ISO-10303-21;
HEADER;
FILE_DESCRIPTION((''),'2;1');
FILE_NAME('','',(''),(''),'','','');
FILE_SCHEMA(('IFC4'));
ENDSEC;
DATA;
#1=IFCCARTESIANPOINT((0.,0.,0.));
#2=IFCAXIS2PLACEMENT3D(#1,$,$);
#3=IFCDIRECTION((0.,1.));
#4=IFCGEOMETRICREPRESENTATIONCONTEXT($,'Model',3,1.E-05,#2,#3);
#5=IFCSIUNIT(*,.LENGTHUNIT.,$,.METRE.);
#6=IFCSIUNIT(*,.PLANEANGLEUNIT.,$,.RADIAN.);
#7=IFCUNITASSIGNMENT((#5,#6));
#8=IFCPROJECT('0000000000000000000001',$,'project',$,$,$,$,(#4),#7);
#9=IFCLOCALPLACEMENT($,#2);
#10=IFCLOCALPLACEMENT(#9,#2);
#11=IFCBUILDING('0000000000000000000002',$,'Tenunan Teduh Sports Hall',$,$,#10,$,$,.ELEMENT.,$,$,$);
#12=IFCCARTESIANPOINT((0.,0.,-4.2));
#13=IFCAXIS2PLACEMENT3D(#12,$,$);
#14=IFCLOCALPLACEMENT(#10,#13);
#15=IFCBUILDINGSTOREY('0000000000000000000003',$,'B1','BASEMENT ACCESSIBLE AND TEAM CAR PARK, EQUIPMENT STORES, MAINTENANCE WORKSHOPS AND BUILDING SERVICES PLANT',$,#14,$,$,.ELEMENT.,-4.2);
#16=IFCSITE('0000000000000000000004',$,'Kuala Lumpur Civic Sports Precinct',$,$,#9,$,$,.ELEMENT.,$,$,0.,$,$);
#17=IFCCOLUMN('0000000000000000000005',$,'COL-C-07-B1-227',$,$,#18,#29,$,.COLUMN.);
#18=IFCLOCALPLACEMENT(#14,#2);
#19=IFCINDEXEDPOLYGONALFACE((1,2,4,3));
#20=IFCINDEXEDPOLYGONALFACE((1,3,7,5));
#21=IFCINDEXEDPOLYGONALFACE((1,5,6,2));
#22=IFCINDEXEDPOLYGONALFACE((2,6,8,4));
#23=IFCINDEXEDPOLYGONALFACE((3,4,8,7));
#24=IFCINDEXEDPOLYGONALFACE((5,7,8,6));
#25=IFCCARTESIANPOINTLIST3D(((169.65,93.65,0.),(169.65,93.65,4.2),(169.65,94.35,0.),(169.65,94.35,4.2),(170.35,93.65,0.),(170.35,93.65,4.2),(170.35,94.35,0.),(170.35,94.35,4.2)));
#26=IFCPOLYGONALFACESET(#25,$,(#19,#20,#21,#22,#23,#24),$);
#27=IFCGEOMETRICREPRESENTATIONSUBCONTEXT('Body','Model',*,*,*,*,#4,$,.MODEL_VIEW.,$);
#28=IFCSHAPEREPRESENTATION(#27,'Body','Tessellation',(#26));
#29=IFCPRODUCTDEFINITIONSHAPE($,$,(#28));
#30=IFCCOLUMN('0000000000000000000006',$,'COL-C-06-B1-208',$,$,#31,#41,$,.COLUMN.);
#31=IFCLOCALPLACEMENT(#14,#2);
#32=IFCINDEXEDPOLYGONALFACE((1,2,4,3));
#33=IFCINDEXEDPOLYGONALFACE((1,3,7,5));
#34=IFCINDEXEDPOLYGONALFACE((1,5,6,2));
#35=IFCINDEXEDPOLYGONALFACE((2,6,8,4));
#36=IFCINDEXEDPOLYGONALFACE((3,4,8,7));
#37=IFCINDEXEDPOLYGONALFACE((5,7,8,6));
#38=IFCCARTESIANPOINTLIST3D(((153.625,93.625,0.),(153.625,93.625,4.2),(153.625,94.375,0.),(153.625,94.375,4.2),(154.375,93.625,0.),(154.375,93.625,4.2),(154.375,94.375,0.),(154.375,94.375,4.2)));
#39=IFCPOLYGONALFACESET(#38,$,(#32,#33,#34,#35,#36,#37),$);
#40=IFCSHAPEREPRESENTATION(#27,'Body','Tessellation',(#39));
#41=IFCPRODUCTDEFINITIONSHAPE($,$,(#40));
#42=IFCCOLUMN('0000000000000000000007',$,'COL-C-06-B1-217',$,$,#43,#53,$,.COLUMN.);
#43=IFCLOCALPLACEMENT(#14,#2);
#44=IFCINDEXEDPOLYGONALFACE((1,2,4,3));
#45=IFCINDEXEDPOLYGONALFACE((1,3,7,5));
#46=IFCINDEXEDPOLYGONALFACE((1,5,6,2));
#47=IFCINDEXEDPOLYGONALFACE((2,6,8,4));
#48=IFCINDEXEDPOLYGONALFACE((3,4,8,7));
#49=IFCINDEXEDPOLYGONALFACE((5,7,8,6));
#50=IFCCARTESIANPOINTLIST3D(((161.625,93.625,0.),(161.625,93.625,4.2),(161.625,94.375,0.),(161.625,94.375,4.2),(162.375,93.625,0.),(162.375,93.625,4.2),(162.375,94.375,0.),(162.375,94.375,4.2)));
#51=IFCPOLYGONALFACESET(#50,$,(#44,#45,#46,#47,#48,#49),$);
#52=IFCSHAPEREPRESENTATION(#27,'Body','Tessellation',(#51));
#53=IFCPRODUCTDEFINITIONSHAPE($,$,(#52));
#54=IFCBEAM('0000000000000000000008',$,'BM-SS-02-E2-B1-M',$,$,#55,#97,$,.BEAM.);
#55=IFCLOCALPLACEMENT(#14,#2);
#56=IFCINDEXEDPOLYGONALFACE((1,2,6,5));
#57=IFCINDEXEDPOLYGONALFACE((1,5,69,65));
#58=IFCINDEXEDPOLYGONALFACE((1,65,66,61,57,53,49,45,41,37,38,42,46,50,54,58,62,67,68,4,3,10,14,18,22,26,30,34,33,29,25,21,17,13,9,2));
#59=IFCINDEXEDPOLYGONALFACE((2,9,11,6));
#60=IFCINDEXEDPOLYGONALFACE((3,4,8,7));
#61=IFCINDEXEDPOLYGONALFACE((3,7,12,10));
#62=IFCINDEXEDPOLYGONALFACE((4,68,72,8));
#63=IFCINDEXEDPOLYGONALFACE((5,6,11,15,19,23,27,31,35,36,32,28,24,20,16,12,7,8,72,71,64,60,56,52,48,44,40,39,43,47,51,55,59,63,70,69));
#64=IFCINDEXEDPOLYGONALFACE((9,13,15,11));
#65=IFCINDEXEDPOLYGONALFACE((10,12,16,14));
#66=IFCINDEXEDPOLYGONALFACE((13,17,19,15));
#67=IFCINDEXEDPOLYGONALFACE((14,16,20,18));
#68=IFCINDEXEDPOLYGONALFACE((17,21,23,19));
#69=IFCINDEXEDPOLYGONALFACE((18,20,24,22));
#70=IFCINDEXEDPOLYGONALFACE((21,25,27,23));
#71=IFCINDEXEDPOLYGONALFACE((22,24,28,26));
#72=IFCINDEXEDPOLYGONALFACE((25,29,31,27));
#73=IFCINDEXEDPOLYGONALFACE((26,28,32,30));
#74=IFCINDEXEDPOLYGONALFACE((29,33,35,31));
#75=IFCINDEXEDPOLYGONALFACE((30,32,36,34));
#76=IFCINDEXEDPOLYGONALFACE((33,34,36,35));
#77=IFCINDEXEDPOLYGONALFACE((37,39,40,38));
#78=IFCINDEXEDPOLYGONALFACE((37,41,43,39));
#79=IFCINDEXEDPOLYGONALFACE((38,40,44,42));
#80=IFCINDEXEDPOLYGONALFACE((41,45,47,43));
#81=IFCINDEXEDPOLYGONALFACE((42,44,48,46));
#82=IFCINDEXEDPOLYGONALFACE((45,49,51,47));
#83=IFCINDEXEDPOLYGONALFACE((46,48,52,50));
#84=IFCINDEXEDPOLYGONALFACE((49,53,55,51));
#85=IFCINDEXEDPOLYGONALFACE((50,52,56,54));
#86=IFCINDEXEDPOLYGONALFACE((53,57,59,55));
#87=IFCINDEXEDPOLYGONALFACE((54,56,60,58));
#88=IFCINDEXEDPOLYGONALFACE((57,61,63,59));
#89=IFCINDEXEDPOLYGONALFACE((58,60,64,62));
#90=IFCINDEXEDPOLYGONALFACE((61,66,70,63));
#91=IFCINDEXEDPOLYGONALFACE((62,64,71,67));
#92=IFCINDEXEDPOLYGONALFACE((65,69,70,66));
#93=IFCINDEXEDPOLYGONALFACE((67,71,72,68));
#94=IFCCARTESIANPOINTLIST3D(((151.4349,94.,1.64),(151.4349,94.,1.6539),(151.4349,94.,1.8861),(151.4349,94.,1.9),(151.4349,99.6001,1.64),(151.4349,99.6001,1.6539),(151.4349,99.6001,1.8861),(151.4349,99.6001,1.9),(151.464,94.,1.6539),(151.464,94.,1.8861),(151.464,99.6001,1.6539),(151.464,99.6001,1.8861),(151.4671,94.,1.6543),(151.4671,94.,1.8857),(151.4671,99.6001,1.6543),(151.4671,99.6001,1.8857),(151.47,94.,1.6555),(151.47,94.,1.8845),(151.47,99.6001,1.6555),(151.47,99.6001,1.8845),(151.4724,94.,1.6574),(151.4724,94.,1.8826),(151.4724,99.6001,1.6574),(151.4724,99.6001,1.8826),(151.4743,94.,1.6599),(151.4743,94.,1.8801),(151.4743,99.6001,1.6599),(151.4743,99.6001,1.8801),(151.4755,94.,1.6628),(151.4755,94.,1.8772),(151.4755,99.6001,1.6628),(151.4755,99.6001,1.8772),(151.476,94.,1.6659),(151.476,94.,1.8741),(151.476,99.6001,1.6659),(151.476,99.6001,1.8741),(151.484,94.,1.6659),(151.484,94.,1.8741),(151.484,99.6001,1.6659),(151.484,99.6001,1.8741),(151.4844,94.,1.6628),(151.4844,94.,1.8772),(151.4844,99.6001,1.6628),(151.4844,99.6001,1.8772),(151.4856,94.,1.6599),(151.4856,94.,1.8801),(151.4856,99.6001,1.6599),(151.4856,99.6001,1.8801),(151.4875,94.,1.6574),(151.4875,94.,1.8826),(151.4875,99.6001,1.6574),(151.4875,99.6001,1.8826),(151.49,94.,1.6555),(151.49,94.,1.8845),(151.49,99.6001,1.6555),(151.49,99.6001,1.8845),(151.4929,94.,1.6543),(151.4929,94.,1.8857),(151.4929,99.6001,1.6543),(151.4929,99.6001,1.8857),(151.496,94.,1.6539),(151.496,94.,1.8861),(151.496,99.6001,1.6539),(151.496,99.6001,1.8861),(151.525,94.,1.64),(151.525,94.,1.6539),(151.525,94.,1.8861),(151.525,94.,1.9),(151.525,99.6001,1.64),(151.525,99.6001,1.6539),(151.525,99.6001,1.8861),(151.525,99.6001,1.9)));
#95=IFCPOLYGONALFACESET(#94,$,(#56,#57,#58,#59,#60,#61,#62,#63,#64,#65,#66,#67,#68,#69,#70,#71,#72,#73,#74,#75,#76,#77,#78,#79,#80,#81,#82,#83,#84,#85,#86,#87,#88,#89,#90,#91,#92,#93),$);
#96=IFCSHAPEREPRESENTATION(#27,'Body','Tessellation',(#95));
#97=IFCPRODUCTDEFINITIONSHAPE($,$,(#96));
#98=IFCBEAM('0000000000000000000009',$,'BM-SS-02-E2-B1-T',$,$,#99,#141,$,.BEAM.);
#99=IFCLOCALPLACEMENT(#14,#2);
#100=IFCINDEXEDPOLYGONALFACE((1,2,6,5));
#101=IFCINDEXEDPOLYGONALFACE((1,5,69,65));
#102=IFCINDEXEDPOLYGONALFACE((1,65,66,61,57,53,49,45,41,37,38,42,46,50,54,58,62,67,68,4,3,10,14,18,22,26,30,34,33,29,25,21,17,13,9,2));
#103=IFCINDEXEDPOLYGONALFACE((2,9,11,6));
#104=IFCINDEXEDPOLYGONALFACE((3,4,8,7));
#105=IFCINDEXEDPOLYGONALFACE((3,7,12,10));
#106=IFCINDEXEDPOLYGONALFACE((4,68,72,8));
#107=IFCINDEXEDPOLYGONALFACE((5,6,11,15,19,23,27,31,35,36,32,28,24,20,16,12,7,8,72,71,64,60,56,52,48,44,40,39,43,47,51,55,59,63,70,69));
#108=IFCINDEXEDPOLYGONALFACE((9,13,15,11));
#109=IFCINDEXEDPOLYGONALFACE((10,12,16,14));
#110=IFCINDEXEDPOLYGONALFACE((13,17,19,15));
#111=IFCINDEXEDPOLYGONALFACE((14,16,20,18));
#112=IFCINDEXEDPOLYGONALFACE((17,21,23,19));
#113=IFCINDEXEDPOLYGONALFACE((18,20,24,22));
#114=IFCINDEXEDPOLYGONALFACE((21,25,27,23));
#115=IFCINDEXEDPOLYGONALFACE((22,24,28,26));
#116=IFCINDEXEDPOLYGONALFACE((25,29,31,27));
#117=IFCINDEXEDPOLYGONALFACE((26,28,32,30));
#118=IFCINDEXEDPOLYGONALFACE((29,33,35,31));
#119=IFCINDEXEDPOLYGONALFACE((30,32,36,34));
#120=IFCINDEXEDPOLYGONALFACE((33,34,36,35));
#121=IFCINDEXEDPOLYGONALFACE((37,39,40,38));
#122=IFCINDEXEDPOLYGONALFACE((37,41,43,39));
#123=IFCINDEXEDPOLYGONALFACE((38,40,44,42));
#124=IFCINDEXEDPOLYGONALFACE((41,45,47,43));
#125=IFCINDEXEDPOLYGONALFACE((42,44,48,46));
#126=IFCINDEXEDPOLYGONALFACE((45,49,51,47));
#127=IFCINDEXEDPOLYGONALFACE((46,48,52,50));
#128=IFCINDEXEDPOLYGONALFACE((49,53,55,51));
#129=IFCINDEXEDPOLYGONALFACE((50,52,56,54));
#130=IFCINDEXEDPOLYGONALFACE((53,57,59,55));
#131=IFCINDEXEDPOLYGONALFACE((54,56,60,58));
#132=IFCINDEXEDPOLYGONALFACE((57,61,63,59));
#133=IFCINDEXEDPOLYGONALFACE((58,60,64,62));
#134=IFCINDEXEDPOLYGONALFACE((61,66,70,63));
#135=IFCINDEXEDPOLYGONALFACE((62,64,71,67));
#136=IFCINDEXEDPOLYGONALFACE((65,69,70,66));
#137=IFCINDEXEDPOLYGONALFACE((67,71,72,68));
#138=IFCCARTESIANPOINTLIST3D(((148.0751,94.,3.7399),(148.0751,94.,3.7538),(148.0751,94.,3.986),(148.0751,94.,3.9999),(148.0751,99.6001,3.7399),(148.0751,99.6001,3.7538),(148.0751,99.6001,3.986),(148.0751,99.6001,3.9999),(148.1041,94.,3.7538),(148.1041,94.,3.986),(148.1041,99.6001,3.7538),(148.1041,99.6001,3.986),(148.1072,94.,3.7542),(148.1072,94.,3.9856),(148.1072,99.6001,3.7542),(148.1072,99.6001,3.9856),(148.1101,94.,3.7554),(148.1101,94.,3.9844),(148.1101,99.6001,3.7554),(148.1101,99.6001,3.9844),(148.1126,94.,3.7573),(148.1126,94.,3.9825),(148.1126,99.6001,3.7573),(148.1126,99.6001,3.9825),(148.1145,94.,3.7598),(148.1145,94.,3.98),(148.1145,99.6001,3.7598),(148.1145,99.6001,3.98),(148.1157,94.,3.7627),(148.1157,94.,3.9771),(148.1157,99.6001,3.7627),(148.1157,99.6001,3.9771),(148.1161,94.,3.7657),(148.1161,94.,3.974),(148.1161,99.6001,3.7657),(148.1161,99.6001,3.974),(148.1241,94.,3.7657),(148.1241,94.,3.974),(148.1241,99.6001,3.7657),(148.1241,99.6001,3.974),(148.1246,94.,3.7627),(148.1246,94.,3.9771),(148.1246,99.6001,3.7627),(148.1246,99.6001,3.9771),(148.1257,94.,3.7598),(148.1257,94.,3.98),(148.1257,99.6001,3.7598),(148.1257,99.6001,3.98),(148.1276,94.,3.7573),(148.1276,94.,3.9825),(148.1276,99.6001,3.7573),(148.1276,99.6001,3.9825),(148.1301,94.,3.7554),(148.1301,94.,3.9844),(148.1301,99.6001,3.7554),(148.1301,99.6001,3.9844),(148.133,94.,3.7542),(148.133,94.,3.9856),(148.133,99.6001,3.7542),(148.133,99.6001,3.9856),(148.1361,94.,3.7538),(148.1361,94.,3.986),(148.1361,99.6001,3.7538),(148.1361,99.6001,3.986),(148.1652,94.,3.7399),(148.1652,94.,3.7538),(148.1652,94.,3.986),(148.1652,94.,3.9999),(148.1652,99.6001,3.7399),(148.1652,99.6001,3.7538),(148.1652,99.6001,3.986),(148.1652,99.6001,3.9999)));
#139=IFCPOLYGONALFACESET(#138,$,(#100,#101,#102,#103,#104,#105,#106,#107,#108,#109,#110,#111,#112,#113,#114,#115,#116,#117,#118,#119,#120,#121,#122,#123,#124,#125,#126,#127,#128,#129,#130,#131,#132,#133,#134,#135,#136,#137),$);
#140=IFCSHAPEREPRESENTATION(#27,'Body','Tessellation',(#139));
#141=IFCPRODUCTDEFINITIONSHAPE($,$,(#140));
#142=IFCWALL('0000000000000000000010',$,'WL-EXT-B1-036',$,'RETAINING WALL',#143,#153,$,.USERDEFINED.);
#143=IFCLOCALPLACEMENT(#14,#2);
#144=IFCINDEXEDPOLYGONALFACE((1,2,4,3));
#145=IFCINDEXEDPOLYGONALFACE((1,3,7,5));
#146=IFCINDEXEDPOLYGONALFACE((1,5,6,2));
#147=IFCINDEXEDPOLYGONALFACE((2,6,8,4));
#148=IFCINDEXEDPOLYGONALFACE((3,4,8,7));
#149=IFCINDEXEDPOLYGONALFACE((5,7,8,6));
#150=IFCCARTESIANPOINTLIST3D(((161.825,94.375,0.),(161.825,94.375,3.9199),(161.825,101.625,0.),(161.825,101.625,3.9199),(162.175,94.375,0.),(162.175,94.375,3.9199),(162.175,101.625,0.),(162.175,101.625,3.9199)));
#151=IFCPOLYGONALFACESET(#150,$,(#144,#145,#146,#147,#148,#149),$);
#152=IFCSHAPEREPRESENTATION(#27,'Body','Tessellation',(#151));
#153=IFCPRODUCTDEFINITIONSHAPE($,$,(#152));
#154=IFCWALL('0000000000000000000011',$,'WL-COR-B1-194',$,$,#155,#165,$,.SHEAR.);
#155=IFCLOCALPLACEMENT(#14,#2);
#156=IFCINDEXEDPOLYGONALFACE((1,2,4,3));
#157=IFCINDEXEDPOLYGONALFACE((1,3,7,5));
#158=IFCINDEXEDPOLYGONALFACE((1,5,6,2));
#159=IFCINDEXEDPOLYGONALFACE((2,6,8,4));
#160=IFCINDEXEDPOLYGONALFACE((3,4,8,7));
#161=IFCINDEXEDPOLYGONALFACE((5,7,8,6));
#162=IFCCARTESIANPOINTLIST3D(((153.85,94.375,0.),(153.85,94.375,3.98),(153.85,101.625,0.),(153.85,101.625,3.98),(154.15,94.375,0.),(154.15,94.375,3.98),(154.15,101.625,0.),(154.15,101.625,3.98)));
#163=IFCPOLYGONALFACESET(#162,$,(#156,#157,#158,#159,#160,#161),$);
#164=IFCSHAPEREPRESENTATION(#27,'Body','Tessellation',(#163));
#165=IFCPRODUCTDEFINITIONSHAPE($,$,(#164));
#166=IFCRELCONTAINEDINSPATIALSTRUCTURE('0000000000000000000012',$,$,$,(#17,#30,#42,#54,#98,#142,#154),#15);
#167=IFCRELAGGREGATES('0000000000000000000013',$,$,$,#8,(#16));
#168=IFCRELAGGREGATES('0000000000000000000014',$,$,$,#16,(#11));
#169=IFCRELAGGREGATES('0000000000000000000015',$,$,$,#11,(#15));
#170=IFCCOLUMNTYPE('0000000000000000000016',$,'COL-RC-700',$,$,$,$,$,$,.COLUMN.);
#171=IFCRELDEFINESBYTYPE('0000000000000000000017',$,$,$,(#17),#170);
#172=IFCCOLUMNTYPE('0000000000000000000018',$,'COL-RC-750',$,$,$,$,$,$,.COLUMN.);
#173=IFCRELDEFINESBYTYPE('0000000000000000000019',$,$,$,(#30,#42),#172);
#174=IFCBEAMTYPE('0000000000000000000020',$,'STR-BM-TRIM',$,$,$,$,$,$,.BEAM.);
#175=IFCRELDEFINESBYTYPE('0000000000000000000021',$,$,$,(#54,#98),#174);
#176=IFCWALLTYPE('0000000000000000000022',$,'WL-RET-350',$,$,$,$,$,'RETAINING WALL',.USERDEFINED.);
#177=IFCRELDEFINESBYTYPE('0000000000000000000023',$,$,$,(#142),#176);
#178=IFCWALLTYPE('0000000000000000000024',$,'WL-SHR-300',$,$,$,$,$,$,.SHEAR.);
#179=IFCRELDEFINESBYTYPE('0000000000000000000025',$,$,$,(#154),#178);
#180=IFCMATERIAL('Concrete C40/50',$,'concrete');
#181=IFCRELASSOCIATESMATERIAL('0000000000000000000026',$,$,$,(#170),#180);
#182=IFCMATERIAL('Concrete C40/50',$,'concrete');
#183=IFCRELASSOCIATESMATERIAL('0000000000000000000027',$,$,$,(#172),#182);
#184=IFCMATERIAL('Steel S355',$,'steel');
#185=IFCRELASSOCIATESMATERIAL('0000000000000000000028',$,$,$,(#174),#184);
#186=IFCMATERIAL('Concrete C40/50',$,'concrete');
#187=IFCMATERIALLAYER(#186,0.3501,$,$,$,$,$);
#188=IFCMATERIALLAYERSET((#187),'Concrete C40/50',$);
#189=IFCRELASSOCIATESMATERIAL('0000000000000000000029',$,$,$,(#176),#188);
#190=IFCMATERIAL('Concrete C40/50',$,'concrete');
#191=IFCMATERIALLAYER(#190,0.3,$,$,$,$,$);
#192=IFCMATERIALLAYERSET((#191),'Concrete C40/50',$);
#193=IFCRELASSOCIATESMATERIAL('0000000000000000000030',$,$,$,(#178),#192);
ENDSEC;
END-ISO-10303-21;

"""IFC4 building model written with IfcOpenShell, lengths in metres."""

from ifc_helpers import new_model, si_unit, direction, frame, frame_2d, origin, origin_2d, place, context, subcontext, project, spatial, rectangle, i_section, extrude, material, layer, layer_set, material_profile, profile_set, type_object, element, save


model = new_model("IFC4")

# Units and contexts
model_context = context("Model", 3, precision=1e-05, world=origin(), true_north=direction((0.0, 1.0)))
body_context = subcontext(model_context, "Body", "Model", "MODEL_VIEW")
ifc_project = project(units=[si_unit("LENGTHUNIT", "METRE"), si_unit("PLANEANGLEUNIT", "RADIAN")], contexts=[model_context])

# Site, building, storey
site_placement = place(None, origin())
site = spatial("IfcSite", under=ifc_project, at=site_placement, Name="Kuala Lumpur Civic Sports Precinct", CompositionType="ELEMENT", RefElevation=0.0)
building_placement = place(site_placement, origin())
building = spatial("IfcBuilding", under=site, at=building_placement, Name="Tenunan Teduh Sports Hall", CompositionType="ELEMENT")
storey_placement = place(building_placement, frame((0.0, 0.0, -4.2)))
storey = spatial("IfcBuildingStorey", under=building, at=storey_placement, Name="B1", Description="BASEMENT ACCESSIBLE AND TEAM CAR PARK, EQUIPMENT STORES, MAINTENANCE WORKSHOPS AND BUILDING SERVICES PLANT", CompositionType="ELEMENT", Elevation=-4.2)

# Columns
ifc_material_1 = material(Name="Concrete C40/50", Category="concrete")
ifc_material_profile_1 = material_profile(ifc_material_1, rectangle(XDim=0.7, YDim=0.7, at=origin_2d()), Name="RC 700x700")
ifc_profile_set_1 = profile_set([ifc_material_profile_1], Name="Concrete C40/50")
column_type_1 = type_object("IfcColumnType", Name="COL-RC-700", PredefinedType="COLUMN", material=ifc_profile_set_1)
column_placement = place(storey_placement, frame((170.0, 94.0, 0.0), z_axis=(0.0, 0.0, 1.0), x_axis=(1.0, 0.0, 0.0)))
element("IfcColumn", 1, at=column_placement, inside=storey, type_object=column_type_1, Name="COL-C-07-B1-227", PredefinedType="COLUMN", context=body_context, shape_type="SweptSolid", body=[
    extrude(rectangle(XDim=0.7, YDim=0.7, at=origin_2d()), origin(), (0.0, 0.0, 1.0), 4.2),
])
ifc_material_2 = material(Name="Concrete C40/50", Category="concrete")
ifc_material_profile_2 = material_profile(ifc_material_2, rectangle(XDim=0.75, YDim=0.75, at=origin_2d()), Name="RC 750x750")
ifc_profile_set_2 = profile_set([ifc_material_profile_2], Name="Concrete C40/50")
column_type_2 = type_object("IfcColumnType", Name="COL-RC-750", PredefinedType="COLUMN", material=ifc_profile_set_2)
for number, where, z_axis, x_axis, name in (
    (2, (154.0, 94.0, 0.0), (0.0, 0.0, 1.0), (1.0, 0.0, 0.0), "COL-C-06-B1-208"),
    (3, (162.0, 94.0, 0.0), (0.0, 0.0, 1.0), (1.0, 0.0, 0.0), "COL-C-06-B1-217"),
):
    element("IfcColumn", number, at=place(storey_placement, frame(where, z_axis=z_axis, x_axis=x_axis)), inside=storey, type_object=column_type_2, Name=name, PredefinedType="COLUMN", context=body_context, shape_type="SweptSolid", body=[
        extrude(rectangle(XDim=0.75, YDim=0.75, at=origin_2d()), origin(), (0.0, 0.0, 1.0), 4.2),
    ])

# Beams
ifc_material_3 = material(Name="Steel S355", Category="steel")
ifc_material_profile_3 = material_profile(ifc_material_3, i_section(OverallWidth=0.0901, OverallDepth=0.26, WebThickness=0.0081, FlangeThickness=0.0139, FilletRadius=0.012, at=origin_2d()), Name="PFC 260x90")
ifc_profile_set_3 = profile_set([ifc_material_profile_3], Name="Steel S355")
beam_type = type_object("IfcBeamType", Name="STR-BM-TRIM", PredefinedType="BEAM", material=ifc_profile_set_3)
for number, where, z_axis, x_axis, name in (
    (4, (151.48, 94.0, 1.77), (0.0, 1.0, 0.0), (-1.0, 0.0, 0.0), "BM-SS-02-E2-B1-M"),
    (5, (148.1201, 94.0, 3.8699), (0.0, 1.0, 0.0), (-1.0, 0.0, 0.0), "BM-SS-02-E2-B1-T"),
):
    element("IfcBeam", number, at=place(storey_placement, frame(where, z_axis=z_axis, x_axis=x_axis)), inside=storey, type_object=beam_type, Name=name, PredefinedType="BEAM", context=body_context, shape_type="SweptSolid", body=[
        extrude(i_section(OverallWidth=0.0901, OverallDepth=0.26, WebThickness=0.0081, FlangeThickness=0.0139, FilletRadius=0.012, at=origin_2d()), origin(), (0.0, 0.0, 1.0), 5.6001),
    ])

# Walls
ifc_material_4 = material(Name="Concrete C40/50", Category="concrete")
ifc_layer_1 = layer(ifc_material_4, 0.3501)
ifc_layer_set_1 = layer_set([ifc_layer_1], Name="Concrete C40/50")
wall_type_1 = type_object("IfcWallType", Name="WL-RET-350", ElementType="RETAINING WALL", PredefinedType="USERDEFINED", material=ifc_layer_set_1)
wall_1_placement = place(storey_placement, frame((162.0, 94.375, 0.0), z_axis=(0.0, 0.0, 1.0), x_axis=(0.0, 1.0, 0.0)))
element("IfcWall", 6, at=wall_1_placement, inside=storey, type_object=wall_type_1, Name="WL-EXT-B1-036", ObjectType="RETAINING WALL", PredefinedType="USERDEFINED", context=body_context, shape_type="SweptSolid", body=[
    extrude(rectangle(XDim=7.25, YDim=0.3501, at=frame_2d((3.625, 0.0))), origin(), (0.0, 0.0, 1.0), 3.9199),
])
ifc_material_5 = material(Name="Concrete C40/50", Category="concrete")
ifc_layer_2 = layer(ifc_material_5, 0.3)
ifc_layer_set_2 = layer_set([ifc_layer_2], Name="Concrete C40/50")
wall_type_2 = type_object("IfcWallType", Name="WL-SHR-300", PredefinedType="SHEAR", material=ifc_layer_set_2)
wall_2_placement = place(storey_placement, frame((154.0, 94.375, 0.0), z_axis=(0.0, 0.0, 1.0), x_axis=(0.0, 1.0, 0.0)))
element("IfcWall", 7, at=wall_2_placement, inside=storey, type_object=wall_type_2, Name="WL-COR-B1-194", PredefinedType="SHEAR", context=body_context, shape_type="SweptSolid", body=[
    extrude(rectangle(XDim=7.25, YDim=0.3, at=frame_2d((3.625, 0.0))), origin(), (0.0, 0.0, 1.0), 3.98),
])

save(model, "model.ifc")
